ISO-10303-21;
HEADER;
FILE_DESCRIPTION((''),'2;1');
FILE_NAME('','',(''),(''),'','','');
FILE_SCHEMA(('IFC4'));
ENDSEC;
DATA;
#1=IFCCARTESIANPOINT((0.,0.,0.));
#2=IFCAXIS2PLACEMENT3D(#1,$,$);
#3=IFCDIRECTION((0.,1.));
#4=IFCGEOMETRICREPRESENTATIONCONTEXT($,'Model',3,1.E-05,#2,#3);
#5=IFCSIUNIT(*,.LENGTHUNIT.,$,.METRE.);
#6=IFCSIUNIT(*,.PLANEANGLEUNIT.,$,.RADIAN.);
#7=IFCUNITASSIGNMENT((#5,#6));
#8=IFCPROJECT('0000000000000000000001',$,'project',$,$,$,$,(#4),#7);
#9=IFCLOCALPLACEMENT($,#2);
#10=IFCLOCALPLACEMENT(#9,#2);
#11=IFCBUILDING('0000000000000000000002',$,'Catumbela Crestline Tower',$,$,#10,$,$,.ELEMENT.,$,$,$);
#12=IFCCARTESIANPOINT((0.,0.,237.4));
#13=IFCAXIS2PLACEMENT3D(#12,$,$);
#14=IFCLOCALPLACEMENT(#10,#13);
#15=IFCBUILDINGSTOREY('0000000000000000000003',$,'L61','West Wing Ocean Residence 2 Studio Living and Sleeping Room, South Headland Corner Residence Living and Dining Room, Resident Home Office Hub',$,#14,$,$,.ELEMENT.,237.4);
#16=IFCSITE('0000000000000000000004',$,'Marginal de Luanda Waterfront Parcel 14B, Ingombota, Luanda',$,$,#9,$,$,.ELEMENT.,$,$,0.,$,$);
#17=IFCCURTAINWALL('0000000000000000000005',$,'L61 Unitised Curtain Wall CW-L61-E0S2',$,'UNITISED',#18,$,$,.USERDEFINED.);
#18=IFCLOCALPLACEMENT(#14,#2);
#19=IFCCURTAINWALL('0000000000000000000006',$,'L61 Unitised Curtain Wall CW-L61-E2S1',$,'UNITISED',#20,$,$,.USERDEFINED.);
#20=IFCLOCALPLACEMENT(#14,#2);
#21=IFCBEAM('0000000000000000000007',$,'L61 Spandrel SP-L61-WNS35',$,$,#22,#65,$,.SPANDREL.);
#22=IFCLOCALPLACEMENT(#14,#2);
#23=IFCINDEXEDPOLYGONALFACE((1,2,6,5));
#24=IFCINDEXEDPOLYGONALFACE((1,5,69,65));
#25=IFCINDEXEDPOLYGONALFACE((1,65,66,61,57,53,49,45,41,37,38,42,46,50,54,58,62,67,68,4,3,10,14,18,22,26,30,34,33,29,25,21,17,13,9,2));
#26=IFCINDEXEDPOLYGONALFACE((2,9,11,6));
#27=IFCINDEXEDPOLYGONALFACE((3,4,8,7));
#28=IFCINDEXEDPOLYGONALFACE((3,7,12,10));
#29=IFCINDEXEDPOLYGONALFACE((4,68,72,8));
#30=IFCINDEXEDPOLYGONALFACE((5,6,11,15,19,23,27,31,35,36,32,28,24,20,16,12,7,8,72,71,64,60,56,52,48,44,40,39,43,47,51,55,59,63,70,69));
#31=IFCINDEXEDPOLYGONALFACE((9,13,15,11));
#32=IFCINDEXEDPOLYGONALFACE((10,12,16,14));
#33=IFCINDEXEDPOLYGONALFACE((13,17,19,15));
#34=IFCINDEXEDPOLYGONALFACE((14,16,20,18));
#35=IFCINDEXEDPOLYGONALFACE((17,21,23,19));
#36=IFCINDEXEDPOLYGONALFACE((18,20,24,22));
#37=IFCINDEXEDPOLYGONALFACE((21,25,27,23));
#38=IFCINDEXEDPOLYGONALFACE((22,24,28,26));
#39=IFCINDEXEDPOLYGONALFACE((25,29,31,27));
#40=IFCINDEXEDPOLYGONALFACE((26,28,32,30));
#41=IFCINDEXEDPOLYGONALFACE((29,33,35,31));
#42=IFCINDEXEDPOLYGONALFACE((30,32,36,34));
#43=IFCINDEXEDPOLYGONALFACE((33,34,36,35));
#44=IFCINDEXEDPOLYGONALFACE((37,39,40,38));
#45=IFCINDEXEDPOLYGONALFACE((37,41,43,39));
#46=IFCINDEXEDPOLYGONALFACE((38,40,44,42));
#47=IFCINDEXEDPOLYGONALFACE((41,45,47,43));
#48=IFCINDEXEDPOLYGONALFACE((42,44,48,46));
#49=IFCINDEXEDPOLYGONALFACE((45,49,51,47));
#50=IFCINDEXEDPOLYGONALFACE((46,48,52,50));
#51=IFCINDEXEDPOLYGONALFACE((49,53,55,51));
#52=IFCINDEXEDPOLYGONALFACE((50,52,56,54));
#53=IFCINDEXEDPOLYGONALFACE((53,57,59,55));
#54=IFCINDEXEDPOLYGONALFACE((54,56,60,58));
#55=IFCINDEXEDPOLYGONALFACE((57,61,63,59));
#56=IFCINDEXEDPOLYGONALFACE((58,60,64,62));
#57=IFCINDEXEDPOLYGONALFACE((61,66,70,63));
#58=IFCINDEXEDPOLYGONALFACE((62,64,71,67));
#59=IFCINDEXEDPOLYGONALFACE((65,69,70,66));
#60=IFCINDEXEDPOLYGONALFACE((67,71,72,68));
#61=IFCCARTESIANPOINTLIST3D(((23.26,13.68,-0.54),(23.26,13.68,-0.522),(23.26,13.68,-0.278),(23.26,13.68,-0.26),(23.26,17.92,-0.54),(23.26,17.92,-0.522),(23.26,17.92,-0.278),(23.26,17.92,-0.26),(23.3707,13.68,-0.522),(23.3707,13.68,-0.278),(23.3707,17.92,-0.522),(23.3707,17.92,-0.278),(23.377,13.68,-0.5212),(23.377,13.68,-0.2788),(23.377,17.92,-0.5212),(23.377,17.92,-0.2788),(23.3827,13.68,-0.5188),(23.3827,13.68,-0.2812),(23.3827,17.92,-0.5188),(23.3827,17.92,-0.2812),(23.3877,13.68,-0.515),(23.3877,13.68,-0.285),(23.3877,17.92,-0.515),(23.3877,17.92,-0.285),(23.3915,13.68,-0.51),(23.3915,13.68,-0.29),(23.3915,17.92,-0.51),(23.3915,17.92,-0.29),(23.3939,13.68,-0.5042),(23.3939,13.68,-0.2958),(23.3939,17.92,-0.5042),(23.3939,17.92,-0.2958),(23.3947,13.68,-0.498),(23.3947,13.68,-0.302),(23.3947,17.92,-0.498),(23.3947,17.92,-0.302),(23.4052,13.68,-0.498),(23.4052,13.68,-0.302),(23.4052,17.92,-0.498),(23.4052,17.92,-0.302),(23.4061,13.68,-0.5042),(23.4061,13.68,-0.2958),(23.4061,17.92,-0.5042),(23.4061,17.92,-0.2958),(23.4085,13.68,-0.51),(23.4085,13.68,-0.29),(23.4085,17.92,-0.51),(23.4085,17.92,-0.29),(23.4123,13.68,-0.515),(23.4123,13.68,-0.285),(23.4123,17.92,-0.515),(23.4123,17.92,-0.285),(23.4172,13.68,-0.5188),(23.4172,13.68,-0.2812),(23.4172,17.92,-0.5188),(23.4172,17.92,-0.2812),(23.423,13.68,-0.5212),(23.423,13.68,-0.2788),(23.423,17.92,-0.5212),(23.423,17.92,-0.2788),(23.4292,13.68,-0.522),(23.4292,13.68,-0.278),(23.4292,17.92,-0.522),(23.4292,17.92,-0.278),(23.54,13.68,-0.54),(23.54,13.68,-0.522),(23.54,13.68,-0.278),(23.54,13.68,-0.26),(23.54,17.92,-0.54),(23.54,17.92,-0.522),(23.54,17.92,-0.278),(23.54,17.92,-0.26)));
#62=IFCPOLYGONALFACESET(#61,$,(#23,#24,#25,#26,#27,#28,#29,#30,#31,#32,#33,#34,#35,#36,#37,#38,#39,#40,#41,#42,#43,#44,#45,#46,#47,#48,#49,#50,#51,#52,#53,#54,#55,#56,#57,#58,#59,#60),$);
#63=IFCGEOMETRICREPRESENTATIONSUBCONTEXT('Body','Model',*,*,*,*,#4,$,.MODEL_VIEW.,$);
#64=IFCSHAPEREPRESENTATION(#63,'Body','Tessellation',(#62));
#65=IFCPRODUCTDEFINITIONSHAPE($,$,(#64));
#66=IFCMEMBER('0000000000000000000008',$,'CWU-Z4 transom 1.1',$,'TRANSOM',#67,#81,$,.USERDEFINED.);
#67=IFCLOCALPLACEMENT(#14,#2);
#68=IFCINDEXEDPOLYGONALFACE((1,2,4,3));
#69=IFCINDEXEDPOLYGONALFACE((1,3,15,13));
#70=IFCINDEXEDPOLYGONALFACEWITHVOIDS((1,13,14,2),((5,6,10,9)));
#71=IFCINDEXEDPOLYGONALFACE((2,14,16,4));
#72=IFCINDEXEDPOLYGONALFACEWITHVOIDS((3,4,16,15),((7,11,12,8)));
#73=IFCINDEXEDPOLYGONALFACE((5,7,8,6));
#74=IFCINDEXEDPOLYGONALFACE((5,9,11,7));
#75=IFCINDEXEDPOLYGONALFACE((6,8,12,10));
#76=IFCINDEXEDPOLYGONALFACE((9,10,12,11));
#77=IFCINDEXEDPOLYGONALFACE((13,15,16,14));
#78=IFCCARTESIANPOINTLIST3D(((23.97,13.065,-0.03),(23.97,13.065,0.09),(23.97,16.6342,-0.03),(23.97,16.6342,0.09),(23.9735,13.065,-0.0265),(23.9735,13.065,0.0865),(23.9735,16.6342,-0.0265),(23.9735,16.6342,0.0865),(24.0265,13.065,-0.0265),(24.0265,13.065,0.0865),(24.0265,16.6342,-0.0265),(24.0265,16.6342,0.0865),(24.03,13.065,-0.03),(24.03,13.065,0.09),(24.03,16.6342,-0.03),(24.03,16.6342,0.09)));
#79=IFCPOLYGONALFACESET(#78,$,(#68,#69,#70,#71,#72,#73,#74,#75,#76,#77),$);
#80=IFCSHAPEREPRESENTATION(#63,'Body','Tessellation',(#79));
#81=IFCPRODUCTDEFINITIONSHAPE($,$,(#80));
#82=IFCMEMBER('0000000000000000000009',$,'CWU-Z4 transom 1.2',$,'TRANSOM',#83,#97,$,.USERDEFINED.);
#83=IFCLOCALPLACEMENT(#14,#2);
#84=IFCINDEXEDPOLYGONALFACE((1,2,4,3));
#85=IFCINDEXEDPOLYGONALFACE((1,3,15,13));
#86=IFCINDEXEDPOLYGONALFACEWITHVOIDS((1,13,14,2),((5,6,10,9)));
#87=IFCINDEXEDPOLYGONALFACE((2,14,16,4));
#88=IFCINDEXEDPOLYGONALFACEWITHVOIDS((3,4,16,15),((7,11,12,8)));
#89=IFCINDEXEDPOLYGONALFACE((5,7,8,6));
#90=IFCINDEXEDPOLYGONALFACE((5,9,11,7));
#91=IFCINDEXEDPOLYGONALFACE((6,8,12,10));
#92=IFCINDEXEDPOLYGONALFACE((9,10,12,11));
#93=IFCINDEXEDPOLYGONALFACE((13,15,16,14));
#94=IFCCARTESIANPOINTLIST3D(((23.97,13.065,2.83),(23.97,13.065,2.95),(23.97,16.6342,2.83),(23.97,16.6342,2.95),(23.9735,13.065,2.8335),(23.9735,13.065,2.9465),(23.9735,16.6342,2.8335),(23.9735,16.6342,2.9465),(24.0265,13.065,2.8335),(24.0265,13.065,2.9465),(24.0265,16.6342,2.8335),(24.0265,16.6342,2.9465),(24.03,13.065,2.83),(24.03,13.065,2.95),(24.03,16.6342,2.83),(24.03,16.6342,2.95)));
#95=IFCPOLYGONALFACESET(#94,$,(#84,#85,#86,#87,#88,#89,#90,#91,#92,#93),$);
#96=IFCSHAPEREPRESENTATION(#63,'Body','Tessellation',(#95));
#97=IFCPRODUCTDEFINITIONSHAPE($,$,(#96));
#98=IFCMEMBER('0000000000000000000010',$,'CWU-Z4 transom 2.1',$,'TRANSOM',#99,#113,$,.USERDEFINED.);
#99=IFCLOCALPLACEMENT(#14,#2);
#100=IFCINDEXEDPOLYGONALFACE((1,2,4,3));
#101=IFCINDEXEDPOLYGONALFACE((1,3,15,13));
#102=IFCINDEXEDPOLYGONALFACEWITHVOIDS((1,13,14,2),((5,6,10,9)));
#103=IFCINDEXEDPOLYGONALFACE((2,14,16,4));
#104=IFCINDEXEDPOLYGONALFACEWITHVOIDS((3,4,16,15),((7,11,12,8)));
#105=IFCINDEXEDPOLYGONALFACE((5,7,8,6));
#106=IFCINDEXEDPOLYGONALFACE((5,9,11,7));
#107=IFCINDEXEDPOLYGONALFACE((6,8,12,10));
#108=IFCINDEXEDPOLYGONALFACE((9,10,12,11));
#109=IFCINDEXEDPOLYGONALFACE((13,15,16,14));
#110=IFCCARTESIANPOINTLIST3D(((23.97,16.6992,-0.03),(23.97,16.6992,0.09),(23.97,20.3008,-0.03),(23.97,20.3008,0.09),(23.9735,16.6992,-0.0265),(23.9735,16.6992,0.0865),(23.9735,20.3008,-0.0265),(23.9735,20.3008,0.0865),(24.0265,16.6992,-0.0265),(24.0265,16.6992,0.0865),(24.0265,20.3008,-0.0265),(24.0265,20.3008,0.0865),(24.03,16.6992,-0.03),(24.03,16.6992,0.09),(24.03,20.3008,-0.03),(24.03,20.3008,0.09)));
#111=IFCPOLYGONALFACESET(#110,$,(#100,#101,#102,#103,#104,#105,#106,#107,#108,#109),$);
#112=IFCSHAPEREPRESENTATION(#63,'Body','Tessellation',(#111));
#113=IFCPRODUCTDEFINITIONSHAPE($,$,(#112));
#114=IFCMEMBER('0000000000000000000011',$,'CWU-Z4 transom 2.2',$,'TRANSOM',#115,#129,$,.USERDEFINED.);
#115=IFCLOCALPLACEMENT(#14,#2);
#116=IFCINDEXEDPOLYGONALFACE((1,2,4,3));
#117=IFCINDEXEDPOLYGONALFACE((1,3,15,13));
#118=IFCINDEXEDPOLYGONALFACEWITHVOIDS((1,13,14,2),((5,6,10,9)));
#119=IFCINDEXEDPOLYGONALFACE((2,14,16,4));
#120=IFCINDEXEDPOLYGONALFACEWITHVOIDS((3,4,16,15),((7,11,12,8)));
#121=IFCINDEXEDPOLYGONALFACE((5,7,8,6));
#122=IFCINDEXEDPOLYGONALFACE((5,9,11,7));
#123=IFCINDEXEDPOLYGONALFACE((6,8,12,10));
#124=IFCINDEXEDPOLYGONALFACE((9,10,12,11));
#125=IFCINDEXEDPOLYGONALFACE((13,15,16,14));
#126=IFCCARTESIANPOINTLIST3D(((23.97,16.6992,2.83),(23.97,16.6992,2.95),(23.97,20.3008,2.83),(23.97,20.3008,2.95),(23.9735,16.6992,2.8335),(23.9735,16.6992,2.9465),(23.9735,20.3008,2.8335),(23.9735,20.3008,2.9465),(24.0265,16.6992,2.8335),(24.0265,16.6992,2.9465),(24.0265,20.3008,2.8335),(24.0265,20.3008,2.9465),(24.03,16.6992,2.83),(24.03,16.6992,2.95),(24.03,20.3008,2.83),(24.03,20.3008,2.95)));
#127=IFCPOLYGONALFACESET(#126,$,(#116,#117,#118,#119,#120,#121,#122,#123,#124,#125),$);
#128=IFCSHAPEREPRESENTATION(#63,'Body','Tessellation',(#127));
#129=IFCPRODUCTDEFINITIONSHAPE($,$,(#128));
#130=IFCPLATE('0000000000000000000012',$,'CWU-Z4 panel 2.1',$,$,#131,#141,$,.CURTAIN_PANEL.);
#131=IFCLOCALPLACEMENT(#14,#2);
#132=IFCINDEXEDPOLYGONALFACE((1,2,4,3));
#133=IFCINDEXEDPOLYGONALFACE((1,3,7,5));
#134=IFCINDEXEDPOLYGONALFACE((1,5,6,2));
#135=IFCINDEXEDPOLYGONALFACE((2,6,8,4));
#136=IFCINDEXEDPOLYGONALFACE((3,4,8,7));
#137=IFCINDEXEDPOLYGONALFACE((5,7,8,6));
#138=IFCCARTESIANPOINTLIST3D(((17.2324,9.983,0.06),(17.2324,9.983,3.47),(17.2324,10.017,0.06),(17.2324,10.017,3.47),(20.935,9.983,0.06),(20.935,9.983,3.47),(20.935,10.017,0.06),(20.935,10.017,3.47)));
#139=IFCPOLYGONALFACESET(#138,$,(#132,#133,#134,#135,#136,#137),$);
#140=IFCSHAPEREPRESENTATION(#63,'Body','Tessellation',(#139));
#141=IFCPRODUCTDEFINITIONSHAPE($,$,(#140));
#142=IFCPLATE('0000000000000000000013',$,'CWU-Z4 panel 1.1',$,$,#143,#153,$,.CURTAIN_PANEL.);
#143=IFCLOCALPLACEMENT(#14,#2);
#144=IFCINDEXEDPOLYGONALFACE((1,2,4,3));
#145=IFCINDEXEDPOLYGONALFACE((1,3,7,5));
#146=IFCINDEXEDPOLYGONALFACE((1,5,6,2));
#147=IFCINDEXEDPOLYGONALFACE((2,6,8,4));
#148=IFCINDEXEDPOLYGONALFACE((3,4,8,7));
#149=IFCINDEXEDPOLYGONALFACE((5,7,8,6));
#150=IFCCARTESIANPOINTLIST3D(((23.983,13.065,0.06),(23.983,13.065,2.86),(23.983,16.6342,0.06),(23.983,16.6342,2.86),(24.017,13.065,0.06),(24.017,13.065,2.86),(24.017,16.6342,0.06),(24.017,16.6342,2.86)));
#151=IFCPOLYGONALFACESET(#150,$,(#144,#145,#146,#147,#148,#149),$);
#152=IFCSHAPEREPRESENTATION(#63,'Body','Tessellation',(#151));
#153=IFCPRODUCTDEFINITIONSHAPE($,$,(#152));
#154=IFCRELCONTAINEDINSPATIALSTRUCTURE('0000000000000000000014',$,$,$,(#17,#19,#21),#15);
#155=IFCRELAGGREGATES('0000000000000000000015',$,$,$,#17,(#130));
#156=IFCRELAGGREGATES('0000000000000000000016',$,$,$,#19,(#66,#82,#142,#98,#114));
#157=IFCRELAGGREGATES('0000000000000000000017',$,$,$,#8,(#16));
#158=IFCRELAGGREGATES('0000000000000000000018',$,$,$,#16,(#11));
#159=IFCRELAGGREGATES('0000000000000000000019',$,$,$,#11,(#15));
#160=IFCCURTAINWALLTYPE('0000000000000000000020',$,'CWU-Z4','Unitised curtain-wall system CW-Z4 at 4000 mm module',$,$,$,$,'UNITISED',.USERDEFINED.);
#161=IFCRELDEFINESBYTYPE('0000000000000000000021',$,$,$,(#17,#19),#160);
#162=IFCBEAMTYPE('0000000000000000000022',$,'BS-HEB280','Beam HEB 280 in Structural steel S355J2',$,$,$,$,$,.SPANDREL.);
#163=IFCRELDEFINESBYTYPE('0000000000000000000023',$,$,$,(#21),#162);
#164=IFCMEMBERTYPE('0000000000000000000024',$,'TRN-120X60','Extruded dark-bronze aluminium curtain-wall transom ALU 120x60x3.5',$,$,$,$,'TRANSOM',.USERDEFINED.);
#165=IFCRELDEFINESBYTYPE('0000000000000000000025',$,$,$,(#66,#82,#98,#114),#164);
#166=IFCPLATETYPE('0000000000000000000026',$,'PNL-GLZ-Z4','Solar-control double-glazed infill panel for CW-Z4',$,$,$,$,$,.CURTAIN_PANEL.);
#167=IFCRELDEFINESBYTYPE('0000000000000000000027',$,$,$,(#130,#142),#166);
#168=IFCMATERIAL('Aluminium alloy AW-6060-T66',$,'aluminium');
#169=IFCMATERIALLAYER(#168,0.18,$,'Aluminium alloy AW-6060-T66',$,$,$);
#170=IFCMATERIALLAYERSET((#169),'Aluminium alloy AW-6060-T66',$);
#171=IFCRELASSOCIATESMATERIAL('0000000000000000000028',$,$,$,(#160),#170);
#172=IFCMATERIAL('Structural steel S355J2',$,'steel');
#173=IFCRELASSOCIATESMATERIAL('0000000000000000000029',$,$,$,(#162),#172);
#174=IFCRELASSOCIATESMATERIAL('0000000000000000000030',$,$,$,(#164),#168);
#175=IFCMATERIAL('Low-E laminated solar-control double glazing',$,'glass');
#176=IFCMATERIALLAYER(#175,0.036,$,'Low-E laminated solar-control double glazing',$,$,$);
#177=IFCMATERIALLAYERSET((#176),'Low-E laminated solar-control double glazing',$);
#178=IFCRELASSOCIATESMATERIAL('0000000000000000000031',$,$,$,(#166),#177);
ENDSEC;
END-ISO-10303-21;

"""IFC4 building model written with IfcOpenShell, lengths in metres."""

from ifc_helpers import new_model, si_unit, direction, frame, origin, origin_2d, place, context, subcontext, project, spatial, rectangle, hollow_rectangle, i_section, extrude, material, layer, layer_set, material_profile, profile_set, type_object, element, aggregate, save


model = new_model("IFC4")

# Units and contexts
model_context = context("Model", 3, precision=1e-05, world=origin(), true_north=direction((0.0, 1.0)))
body_context = subcontext(model_context, "Body", "Model", "MODEL_VIEW")
ifc_project = project(units=[si_unit("LENGTHUNIT", "METRE"), si_unit("PLANEANGLEUNIT", "RADIAN")], contexts=[model_context])

# Site, building, storey
site_placement = place(None, origin())
site = spatial("IfcSite", under=ifc_project, at=site_placement, Name="Marginal de Luanda Waterfront Parcel 14B, Ingombota, Luanda", CompositionType="ELEMENT", RefElevation=0.0)
building_placement = place(site_placement, origin())
building = spatial("IfcBuilding", under=site, at=building_placement, Name="Catumbela Crestline Tower", CompositionType="ELEMENT")
storey_placement = place(building_placement, frame((0.0, 0.0, 237.4)))
storey = spatial("IfcBuildingStorey", under=building, at=storey_placement, Name="L61", Description="West Wing Ocean Residence 2 Studio Living and Sleeping Room, South Headland Corner Residence Living and Dining Room, Resident Home Office Hub", CompositionType="ELEMENT", Elevation=237.4)

# Shared definitions
ifc_material_1 = material(Name="Structural steel S355J2", Category="steel")

# Curtain wall
ifc_material_2 = material(Name="Aluminium alloy AW-6060-T66", Category="aluminium")
ifc_layer_1 = layer(ifc_material_2, 0.18, Name="Aluminium alloy AW-6060-T66")
ifc_layer_set_1 = layer_set([ifc_layer_1], Name="Aluminium alloy AW-6060-T66")
curtain_wall_type = type_object("IfcCurtainWallType", Name="CWU-Z4", Description="Unitised curtain-wall system CW-Z4 at 4000 mm module", ElementType="UNITISED", PredefinedType="USERDEFINED", material=ifc_layer_set_1)
curtain_wall_1_placement = place(storey_placement, origin())
curtain_wall_1 = element("IfcCurtainWall", 1, at=curtain_wall_1_placement, inside=storey, type_object=curtain_wall_type, Name="L61 Unitised Curtain Wall CW-L61-E0S2", ObjectType="UNITISED", PredefinedType="USERDEFINED")

# Curtain wall
curtain_wall_2_placement = place(storey_placement, origin())
curtain_wall_2 = element("IfcCurtainWall", 2, at=curtain_wall_2_placement, inside=storey, type_object=curtain_wall_type, Name="L61 Unitised Curtain Wall CW-L61-E2S1", ObjectType="UNITISED", PredefinedType="USERDEFINED")

# Beam
ifc_material_profile_1 = material_profile(ifc_material_1, i_section(OverallWidth=0.28, OverallDepth=0.28, WebThickness=0.0105, FlangeThickness=0.018, FilletRadius=0.024, at=origin_2d()), Name="HEB 280")
ifc_profile_set_1 = profile_set([ifc_material_profile_1], Name="Structural steel S355J2")
beam_type_1 = type_object("IfcBeamType", Name="BS-HEB280", Description="Beam HEB 280 in Structural steel S355J2", PredefinedType="SPANDREL", material=ifc_profile_set_1)
beam_placement = place(storey_placement, frame((23.4, 13.68, -0.4), z_axis=(0.0, 1.0, 0.0), x_axis=(-1.0, 0.0, 0.0)))
element("IfcBeam", 3, at=beam_placement, inside=storey, type_object=beam_type_1, Name="L61 Spandrel SP-L61-WNS35", PredefinedType="SPANDREL", context=body_context, shape_type="SweptSolid", body=[
    extrude(i_section(OverallWidth=0.28, OverallDepth=0.28, WebThickness=0.0105, FlangeThickness=0.018, FilletRadius=0.024, at=origin_2d()), origin(), (0.0, 0.0, 1.0), 4.24),
])

# Members
ifc_material_profile_2 = material_profile(ifc_material_2, hollow_rectangle(XDim=0.06, YDim=0.12, WallThickness=0.0035, at=origin_2d()), Name="ALU 120x60x3.5")
ifc_profile_set_2 = profile_set([ifc_material_profile_2], Name="Aluminium alloy AW-6060-T66")
member_type_1 = type_object("IfcMemberType", Name="TRN-120X60", Description="Extruded dark-bronze aluminium curtain-wall transom ALU 120x60x3.5", ElementType="TRANSOM", PredefinedType="USERDEFINED", material=ifc_profile_set_2)
member_1_placement = place(storey_placement, frame((24.0, 13.065, 0.03), z_axis=(0.0, 1.0, 0.0), x_axis=(-1.0, 0.0, 0.0)))
member_1 = element("IfcMember", 4, at=member_1_placement, type_object=member_type_1, Name="CWU-Z4 transom 1.1", ObjectType="TRANSOM", PredefinedType="USERDEFINED", context=body_context, shape_type="SweptSolid", body=[
    extrude(hollow_rectangle(XDim=0.06, YDim=0.12, WallThickness=0.0035, at=origin_2d()), origin(), (0.0, 0.0, 1.0), 3.5692),
])
member_2_placement = place(storey_placement, frame((24.0, 13.065, 2.89), z_axis=(0.0, 1.0, 0.0), x_axis=(-1.0, 0.0, 0.0)))
member_2 = element("IfcMember", 5, at=member_2_placement, type_object=member_type_1, Name="CWU-Z4 transom 1.2", ObjectType="TRANSOM", PredefinedType="USERDEFINED", context=body_context, shape_type="SweptSolid", body=[
    extrude(hollow_rectangle(XDim=0.06, YDim=0.12, WallThickness=0.0035, at=origin_2d()), origin(), (0.0, 0.0, 1.0), 3.5692),
])
member_3_placement = place(storey_placement, frame((24.0, 16.6992, 0.03), z_axis=(0.0, 1.0, 0.0), x_axis=(-1.0, 0.0, 0.0)))
member_3 = element("IfcMember", 6, at=member_3_placement, type_object=member_type_1, Name="CWU-Z4 transom 2.1", ObjectType="TRANSOM", PredefinedType="USERDEFINED", context=body_context, shape_type="SweptSolid", body=[
    extrude(hollow_rectangle(XDim=0.06, YDim=0.12, WallThickness=0.0035, at=origin_2d()), origin(), (0.0, 0.0, 1.0), 3.6016),
])
member_4_placement = place(storey_placement, frame((24.0, 16.6992, 2.89), z_axis=(0.0, 1.0, 0.0), x_axis=(-1.0, 0.0, 0.0)))
member_4 = element("IfcMember", 7, at=member_4_placement, type_object=member_type_1, Name="CWU-Z4 transom 2.2", ObjectType="TRANSOM", PredefinedType="USERDEFINED", context=body_context, shape_type="SweptSolid", body=[
    extrude(hollow_rectangle(XDim=0.06, YDim=0.12, WallThickness=0.0035, at=origin_2d()), origin(), (0.0, 0.0, 1.0), 3.6016),
])

# Plates
ifc_material_3 = material(Name="Low-E laminated solar-control double glazing", Category="glass")
ifc_layer_2 = layer(ifc_material_3, 0.036, Name="Low-E laminated solar-control double glazing")
ifc_layer_set_2 = layer_set([ifc_layer_2], Name="Low-E laminated solar-control double glazing")
plate_type = type_object("IfcPlateType", Name="PNL-GLZ-Z4", Description="Solar-control double-glazed infill panel for CW-Z4", PredefinedType="CURTAIN_PANEL", material=ifc_layer_set_2)
plate_1_placement = place(storey_placement, frame((19.0837, 10.0, 0.06), z_axis=(0.0, 0.0, 1.0), x_axis=(1.0, 0.0, 0.0)))
plate_1 = element("IfcPlate", 8, at=plate_1_placement, type_object=plate_type, Name="CWU-Z4 panel 2.1", PredefinedType="CURTAIN_PANEL", context=body_context, shape_type="SweptSolid", body=[
    extrude(rectangle(XDim=3.7025, YDim=0.034, at=origin_2d()), origin(), (0.0, 0.0, 1.0), 3.41),
])
aggregate(curtain_wall_1, [plate_1])
plate_2_placement = place(storey_placement, frame((24.0, 14.8496, 0.06), z_axis=(0.0, 0.0, 1.0), x_axis=(0.0, 1.0, 0.0)))
plate_2 = element("IfcPlate", 9, at=plate_2_placement, type_object=plate_type, Name="CWU-Z4 panel 1.1", PredefinedType="CURTAIN_PANEL", context=body_context, shape_type="SweptSolid", body=[
    extrude(rectangle(XDim=3.5692, YDim=0.034, at=origin_2d()), origin(), (0.0, 0.0, 1.0), 2.8),
])
aggregate(curtain_wall_2, [member_1, member_2, plate_2, member_3, member_4])

save(model, "model.ifc")
